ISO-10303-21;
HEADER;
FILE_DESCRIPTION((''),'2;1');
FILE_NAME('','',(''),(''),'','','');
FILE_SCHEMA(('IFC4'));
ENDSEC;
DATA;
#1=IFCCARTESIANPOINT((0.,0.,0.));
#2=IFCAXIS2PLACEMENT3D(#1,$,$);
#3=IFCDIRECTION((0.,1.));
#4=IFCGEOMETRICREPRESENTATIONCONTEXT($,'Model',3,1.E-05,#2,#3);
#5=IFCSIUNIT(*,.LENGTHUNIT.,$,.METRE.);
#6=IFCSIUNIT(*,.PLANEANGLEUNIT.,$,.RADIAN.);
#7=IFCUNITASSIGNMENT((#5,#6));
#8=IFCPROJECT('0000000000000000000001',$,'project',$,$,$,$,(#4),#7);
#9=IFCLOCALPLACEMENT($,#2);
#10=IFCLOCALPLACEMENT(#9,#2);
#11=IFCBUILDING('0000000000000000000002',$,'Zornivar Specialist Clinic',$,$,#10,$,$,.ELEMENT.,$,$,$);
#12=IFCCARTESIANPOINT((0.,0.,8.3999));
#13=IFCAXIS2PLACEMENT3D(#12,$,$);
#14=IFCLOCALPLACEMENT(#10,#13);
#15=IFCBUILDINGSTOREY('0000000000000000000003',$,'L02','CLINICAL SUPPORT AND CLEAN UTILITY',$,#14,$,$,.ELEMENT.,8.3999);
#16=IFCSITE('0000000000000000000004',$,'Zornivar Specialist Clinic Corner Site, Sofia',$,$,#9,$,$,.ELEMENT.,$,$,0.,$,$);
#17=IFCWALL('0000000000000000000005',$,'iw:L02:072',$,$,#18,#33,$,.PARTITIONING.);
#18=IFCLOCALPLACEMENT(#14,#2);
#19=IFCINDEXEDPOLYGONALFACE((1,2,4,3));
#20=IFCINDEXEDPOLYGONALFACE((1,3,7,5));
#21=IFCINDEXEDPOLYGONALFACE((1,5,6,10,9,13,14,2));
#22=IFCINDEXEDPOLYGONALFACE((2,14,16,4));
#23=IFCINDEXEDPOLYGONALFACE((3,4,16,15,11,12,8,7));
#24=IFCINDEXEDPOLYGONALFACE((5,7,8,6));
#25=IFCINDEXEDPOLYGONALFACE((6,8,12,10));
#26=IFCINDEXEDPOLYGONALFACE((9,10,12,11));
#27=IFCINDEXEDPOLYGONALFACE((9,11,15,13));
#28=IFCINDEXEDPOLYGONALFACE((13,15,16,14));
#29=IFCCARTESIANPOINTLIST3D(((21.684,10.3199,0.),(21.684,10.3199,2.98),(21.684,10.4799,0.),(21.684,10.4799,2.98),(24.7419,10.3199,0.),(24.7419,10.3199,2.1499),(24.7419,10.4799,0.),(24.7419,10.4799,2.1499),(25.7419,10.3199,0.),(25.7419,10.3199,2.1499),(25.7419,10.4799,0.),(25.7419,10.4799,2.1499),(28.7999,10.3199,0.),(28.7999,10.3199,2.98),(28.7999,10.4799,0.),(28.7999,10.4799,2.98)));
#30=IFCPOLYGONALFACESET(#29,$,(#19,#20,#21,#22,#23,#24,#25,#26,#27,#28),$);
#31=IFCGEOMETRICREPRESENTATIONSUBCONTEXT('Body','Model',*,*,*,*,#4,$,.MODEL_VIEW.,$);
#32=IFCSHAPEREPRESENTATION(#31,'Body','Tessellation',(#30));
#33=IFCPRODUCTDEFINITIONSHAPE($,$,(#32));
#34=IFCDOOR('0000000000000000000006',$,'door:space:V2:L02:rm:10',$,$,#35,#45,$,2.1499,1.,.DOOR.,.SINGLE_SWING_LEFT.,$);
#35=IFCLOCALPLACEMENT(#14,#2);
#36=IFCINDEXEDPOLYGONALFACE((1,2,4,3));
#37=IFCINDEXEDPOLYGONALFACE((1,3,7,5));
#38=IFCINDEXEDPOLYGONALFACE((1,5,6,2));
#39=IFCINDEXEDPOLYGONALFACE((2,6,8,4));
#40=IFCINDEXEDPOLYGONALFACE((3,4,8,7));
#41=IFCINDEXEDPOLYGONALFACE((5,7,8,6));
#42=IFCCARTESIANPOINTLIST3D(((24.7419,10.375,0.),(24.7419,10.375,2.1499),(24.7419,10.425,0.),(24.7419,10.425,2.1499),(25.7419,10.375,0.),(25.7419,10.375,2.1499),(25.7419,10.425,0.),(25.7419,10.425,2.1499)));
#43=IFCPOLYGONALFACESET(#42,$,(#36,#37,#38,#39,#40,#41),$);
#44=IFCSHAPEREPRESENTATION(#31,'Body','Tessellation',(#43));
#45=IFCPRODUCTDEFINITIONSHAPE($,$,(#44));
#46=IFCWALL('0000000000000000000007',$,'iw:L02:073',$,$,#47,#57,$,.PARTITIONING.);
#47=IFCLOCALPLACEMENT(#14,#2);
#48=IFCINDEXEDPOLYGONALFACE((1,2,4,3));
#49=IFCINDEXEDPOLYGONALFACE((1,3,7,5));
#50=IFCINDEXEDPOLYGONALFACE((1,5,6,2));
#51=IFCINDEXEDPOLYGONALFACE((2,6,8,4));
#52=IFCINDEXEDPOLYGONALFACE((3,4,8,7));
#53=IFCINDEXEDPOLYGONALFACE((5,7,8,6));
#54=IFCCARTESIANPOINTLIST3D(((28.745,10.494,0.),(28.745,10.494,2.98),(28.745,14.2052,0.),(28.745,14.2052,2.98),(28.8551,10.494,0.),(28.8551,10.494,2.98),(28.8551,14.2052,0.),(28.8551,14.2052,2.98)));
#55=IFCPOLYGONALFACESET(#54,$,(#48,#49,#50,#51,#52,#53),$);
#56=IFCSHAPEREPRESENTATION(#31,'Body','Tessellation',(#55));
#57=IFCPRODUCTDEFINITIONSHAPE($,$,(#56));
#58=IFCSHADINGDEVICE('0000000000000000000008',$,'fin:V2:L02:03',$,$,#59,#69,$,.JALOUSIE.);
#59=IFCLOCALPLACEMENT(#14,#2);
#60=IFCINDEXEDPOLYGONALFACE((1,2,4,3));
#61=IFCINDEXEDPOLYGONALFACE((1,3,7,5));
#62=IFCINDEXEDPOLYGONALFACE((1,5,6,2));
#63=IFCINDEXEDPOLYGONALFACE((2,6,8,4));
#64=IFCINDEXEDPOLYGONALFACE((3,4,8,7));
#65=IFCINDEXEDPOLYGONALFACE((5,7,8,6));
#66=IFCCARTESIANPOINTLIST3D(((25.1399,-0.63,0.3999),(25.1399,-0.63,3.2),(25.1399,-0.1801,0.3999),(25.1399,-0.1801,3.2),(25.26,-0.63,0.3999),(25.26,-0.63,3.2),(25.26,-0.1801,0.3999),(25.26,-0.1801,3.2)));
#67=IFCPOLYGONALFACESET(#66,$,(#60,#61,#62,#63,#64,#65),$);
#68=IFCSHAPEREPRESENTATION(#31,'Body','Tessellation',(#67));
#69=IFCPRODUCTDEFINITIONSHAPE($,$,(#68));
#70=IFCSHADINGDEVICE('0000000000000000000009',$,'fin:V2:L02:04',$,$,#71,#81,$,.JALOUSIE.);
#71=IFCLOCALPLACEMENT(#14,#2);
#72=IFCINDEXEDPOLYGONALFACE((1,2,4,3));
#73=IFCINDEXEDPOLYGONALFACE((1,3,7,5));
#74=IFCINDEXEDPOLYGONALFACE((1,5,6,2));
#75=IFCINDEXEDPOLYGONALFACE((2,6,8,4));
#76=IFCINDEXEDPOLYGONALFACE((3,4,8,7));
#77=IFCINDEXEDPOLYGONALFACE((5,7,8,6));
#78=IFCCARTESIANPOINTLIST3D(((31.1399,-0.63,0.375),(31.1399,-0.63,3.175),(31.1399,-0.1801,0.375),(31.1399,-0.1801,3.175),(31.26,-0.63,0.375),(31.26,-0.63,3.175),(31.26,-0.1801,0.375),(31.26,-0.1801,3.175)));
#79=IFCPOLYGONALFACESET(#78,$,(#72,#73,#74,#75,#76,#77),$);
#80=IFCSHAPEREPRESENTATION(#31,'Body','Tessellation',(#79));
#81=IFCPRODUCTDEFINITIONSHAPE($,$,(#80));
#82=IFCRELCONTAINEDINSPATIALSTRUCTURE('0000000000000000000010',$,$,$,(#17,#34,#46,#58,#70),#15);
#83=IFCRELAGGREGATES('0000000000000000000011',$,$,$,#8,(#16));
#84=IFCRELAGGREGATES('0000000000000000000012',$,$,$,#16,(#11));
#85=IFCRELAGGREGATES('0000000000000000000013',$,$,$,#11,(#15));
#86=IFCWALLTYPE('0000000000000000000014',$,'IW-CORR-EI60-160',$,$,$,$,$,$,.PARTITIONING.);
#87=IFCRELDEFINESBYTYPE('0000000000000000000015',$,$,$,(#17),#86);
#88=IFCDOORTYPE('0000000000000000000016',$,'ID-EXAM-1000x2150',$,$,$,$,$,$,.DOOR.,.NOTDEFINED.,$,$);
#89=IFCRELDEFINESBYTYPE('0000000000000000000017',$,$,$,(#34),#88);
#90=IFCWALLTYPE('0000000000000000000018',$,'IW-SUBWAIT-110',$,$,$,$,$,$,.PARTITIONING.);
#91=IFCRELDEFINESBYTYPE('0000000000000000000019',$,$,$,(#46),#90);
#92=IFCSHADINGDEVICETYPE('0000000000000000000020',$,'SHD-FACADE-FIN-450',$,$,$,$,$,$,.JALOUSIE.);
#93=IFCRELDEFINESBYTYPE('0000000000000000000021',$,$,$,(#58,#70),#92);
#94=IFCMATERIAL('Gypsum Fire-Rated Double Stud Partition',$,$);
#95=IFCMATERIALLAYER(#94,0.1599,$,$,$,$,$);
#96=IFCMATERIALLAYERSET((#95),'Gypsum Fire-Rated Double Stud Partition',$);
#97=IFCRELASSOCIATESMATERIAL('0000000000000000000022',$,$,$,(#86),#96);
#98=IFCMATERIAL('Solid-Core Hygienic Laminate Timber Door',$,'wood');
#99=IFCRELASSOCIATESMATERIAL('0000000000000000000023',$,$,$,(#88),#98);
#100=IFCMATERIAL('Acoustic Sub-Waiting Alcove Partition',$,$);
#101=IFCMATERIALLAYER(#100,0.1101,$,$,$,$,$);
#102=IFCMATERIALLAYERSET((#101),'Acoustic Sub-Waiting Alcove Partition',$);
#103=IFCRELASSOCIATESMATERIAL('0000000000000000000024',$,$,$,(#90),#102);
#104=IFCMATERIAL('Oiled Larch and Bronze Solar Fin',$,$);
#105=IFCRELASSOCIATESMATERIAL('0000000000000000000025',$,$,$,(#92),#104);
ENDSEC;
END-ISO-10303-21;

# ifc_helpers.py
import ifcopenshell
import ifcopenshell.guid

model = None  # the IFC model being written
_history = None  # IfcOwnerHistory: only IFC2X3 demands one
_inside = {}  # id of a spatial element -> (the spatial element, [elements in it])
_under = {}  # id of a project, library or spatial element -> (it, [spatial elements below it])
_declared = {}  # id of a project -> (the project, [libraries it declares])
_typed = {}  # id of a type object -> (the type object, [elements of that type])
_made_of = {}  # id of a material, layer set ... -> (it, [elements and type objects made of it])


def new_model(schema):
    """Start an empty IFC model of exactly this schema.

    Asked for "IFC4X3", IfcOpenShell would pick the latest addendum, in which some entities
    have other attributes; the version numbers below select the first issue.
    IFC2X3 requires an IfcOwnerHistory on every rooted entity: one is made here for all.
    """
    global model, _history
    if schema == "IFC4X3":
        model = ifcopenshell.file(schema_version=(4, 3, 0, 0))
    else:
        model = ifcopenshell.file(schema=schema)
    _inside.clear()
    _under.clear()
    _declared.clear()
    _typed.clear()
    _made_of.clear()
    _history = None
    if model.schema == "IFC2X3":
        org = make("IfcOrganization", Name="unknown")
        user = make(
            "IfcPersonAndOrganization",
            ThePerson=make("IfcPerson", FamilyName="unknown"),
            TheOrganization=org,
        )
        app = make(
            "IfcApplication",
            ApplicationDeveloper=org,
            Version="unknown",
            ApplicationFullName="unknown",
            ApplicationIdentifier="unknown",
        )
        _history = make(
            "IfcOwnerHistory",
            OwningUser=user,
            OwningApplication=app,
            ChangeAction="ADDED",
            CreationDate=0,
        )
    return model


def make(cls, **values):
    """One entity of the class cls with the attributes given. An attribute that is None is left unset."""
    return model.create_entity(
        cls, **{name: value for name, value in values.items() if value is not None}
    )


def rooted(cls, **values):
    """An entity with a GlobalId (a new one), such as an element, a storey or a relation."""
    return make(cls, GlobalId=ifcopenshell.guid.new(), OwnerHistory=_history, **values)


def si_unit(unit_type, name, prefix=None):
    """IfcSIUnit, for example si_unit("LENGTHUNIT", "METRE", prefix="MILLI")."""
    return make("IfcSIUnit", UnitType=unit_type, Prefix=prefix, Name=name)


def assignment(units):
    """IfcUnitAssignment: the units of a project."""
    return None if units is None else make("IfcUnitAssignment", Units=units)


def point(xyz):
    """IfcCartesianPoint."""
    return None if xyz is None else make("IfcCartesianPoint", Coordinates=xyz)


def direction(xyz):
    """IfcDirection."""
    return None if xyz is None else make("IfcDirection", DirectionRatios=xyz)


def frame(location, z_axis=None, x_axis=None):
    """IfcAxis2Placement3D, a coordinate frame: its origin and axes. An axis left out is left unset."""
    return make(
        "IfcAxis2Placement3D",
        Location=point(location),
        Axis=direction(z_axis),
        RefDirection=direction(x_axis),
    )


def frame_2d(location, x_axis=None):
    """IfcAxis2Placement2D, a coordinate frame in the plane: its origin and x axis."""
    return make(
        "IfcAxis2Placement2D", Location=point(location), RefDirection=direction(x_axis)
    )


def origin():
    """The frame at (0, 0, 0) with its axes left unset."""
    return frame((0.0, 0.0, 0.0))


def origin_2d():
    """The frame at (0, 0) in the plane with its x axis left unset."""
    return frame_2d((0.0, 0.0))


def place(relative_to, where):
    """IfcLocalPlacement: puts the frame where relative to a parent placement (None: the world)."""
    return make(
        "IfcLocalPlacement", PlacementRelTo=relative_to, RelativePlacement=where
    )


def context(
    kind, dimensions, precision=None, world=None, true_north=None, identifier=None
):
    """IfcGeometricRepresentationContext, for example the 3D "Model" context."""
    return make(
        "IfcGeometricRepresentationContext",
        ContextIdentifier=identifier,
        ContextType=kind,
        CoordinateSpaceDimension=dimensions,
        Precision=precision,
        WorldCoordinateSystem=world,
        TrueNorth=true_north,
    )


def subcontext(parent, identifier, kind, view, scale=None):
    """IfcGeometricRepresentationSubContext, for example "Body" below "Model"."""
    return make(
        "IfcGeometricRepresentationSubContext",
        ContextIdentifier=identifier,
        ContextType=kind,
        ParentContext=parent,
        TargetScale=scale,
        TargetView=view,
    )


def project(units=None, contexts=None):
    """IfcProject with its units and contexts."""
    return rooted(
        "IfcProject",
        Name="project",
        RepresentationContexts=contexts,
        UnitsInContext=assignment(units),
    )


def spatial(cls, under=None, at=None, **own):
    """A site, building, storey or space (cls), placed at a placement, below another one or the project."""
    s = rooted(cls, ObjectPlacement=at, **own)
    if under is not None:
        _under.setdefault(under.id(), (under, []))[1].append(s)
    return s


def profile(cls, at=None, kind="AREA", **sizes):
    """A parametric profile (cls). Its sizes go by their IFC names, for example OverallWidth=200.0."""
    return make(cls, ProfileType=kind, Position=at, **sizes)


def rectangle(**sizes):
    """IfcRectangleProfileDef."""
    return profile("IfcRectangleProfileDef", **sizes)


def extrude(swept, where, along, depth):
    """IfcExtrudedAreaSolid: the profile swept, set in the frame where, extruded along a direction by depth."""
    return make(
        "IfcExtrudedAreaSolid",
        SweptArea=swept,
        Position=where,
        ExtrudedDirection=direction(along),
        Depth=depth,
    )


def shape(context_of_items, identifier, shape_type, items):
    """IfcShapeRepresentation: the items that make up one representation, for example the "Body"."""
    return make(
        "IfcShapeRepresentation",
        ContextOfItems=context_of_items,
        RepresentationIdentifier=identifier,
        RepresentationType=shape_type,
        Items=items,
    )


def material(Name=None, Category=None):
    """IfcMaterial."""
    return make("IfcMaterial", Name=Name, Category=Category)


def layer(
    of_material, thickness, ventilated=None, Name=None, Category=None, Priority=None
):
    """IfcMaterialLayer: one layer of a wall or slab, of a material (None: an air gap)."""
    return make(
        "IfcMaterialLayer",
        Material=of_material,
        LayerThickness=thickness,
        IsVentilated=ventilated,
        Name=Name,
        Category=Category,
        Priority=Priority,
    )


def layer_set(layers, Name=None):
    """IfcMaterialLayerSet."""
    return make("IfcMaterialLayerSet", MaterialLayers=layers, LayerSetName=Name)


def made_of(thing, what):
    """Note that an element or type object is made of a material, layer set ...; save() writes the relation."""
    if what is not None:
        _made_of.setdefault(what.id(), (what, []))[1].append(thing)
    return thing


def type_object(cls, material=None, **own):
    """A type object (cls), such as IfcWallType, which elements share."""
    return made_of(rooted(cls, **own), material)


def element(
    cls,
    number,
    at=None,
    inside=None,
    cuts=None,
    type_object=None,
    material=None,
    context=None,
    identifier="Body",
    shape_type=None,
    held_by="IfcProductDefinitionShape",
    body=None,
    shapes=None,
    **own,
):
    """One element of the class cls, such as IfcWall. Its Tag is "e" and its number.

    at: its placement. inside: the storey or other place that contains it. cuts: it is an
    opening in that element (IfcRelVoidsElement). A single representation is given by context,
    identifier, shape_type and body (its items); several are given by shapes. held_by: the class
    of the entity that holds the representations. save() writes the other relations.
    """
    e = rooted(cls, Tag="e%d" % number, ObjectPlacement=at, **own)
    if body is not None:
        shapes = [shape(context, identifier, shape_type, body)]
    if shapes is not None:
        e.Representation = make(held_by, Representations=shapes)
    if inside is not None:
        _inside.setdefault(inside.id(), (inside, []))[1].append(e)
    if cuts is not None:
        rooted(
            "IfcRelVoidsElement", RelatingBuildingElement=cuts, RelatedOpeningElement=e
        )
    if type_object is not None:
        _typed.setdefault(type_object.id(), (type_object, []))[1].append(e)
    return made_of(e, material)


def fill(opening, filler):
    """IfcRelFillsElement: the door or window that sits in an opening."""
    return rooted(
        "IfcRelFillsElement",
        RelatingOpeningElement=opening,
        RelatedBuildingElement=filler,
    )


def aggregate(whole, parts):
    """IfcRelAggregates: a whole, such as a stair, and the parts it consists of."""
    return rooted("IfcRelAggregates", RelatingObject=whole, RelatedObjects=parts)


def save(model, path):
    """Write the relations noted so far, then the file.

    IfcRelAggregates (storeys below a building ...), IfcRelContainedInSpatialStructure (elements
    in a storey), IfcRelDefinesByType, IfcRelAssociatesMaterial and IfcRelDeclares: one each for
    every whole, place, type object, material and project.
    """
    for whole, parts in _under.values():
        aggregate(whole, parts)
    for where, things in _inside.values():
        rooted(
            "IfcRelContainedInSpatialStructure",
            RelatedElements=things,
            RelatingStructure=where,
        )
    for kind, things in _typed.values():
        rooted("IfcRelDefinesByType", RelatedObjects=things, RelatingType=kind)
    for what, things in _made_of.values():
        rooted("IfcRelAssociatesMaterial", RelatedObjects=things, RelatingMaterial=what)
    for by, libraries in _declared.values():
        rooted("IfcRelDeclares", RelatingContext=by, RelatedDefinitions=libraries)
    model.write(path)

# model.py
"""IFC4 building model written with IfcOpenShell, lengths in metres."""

from ifc_helpers import new_model, si_unit, direction, frame, frame_2d, origin, origin_2d, place, context, subcontext, project, spatial, rectangle, extrude, material, layer, layer_set, type_object, element, fill, save


model = new_model("IFC4")

# Units and contexts
model_context = context("Model", 3, precision=1e-05, world=origin(), true_north=direction((0.0, 1.0)))
body_context = subcontext(model_context, "Body", "Model", "MODEL_VIEW")
ifc_project = project(units=[si_unit("LENGTHUNIT", "METRE"), si_unit("PLANEANGLEUNIT", "RADIAN")], contexts=[model_context])

# Site, building, storey
site_placement = place(None, origin())
site = spatial("IfcSite", under=ifc_project, at=site_placement, Name="Zornivar Specialist Clinic Corner Site, Sofia", CompositionType="ELEMENT", RefElevation=0.0)
building_placement = place(site_placement, origin())
building = spatial("IfcBuilding", under=site, at=building_placement, Name="Zornivar Specialist Clinic", CompositionType="ELEMENT")
storey_placement = place(building_placement, frame((0.0, 0.0, 8.3999)))
storey = spatial("IfcBuildingStorey", under=building, at=storey_placement, Name="L02", Description="CLINICAL SUPPORT AND CLEAN UTILITY", CompositionType="ELEMENT", Elevation=8.3999)

# Wall, opening, door
ifc_material_1 = material(Name="Gypsum Fire-Rated Double Stud Partition")
ifc_layer_1 = layer(ifc_material_1, 0.1599)
ifc_layer_set_1 = layer_set([ifc_layer_1], Name="Gypsum Fire-Rated Double Stud Partition")
wall_type_1 = type_object("IfcWallType", Name="IW-CORR-EI60-160", PredefinedType="PARTITIONING", material=ifc_layer_set_1)
ifc_material_2 = material(Name="Solid-Core Hygienic Laminate Timber Door", Category="wood")
door_type_1 = type_object("IfcDoorType", Name="ID-EXAM-1000x2150", OperationType="NOTDEFINED", PredefinedType="DOOR", material=ifc_material_2)
wall_1_placement = place(storey_placement, frame((28.8, 10.3999, 0.0), z_axis=(0.0, 0.0, 1.0), x_axis=(-1.0, 0.0, 0.0)))
wall_1 = element("IfcWall", 1, at=wall_1_placement, inside=storey, type_object=wall_type_1, Name="iw:L02:072", PredefinedType="PARTITIONING", context=body_context, shape_type="SweptSolid", body=[
    extrude(rectangle(XDim=7.116, YDim=0.1599, at=frame_2d((3.5581, 0.0))), origin(), (0.0, 0.0, 1.0), 2.98),
])
opening_1_placement = place(wall_1_placement, frame((3.0581, 0.0, 0.0)))
opening_1 = element("IfcOpeningElement", 2, at=opening_1_placement, cuts=wall_1, PredefinedType="OPENING", context=body_context, shape_type="SweptSolid", body=[
    extrude(rectangle(XDim=1.0, YDim=2.1499, at=frame_2d((0.5, 1.075))), frame((0.0, 0.0898, 0.0), z_axis=(0.0, -1.0, 0.0), x_axis=(1.0, 0.0, 0.0)), (0.0, 0.0, 1.0), 0.1799),
])
door_1_placement = place(opening_1_placement, origin())
door_1 = element("IfcDoor", 3, at=door_1_placement, inside=storey, type_object=door_type_1, Name="door:space:V2:L02:rm:10", OperationType="SINGLE_SWING_LEFT", OverallHeight=2.1499, OverallWidth=1.0, PredefinedType="DOOR", context=body_context, shape_type="SweptSolid", body=[
    extrude(rectangle(XDim=1.0, YDim=2.1499, at=frame_2d((0.5, 1.075))), frame((0.0, 0.0249, 0.0), z_axis=(0.0, -1.0, 0.0), x_axis=(1.0, 0.0, 0.0)), (0.0, 0.0, 1.0), 0.05),
])
fill(opening_1, door_1)

# Wall
ifc_material_3 = material(Name="Acoustic Sub-Waiting Alcove Partition")
ifc_layer_2 = layer(ifc_material_3, 0.1101)
ifc_layer_set_2 = layer_set([ifc_layer_2], Name="Acoustic Sub-Waiting Alcove Partition")
wall_type_2 = type_object("IfcWallType", Name="IW-SUBWAIT-110", PredefinedType="PARTITIONING", material=ifc_layer_set_2)
wall_2_placement = place(storey_placement, frame((28.8, 14.2051, 0.0), z_axis=(0.0, 0.0, 1.0), x_axis=(0.0, -1.0, 0.0)))
element("IfcWall", 4, at=wall_2_placement, inside=storey, type_object=wall_type_2, Name="iw:L02:073", PredefinedType="PARTITIONING", context=body_context, shape_type="SweptSolid", body=[
    extrude(rectangle(XDim=3.7112, YDim=0.1101, at=frame_2d((1.8555, 0.0))), origin(), (0.0, 0.0, 1.0), 2.98),
])

# Shading devices
ifc_material_4 = material(Name="Oiled Larch and Bronze Solar Fin")
shading_device_type = type_object("IfcShadingDeviceType", Name="SHD-FACADE-FIN-450", PredefinedType="JALOUSIE", material=ifc_material_4)
for number, where, z_axis, x_axis, name in (
    (5, (25.2, -0.405, 0.3999), (0.0, 0.0, 1.0), (1.0, 0.0, 0.0), "fin:V2:L02:03"),
    (6, (31.2, -0.405, 0.375), (0.0, 0.0, 1.0), (1.0, 0.0, 0.0), "fin:V2:L02:04"),
):
    element("IfcShadingDevice", number, at=place(storey_placement, frame(where, z_axis=z_axis, x_axis=x_axis)), inside=storey, type_object=shading_device_type, Name=name, PredefinedType="JALOUSIE", context=body_context, shape_type="SweptSolid", body=[
        extrude(rectangle(XDim=0.1201, YDim=0.45, at=origin_2d()), origin(), (0.0, 0.0, 1.0), 2.8),
    ])

save(model, "model.ifc")
